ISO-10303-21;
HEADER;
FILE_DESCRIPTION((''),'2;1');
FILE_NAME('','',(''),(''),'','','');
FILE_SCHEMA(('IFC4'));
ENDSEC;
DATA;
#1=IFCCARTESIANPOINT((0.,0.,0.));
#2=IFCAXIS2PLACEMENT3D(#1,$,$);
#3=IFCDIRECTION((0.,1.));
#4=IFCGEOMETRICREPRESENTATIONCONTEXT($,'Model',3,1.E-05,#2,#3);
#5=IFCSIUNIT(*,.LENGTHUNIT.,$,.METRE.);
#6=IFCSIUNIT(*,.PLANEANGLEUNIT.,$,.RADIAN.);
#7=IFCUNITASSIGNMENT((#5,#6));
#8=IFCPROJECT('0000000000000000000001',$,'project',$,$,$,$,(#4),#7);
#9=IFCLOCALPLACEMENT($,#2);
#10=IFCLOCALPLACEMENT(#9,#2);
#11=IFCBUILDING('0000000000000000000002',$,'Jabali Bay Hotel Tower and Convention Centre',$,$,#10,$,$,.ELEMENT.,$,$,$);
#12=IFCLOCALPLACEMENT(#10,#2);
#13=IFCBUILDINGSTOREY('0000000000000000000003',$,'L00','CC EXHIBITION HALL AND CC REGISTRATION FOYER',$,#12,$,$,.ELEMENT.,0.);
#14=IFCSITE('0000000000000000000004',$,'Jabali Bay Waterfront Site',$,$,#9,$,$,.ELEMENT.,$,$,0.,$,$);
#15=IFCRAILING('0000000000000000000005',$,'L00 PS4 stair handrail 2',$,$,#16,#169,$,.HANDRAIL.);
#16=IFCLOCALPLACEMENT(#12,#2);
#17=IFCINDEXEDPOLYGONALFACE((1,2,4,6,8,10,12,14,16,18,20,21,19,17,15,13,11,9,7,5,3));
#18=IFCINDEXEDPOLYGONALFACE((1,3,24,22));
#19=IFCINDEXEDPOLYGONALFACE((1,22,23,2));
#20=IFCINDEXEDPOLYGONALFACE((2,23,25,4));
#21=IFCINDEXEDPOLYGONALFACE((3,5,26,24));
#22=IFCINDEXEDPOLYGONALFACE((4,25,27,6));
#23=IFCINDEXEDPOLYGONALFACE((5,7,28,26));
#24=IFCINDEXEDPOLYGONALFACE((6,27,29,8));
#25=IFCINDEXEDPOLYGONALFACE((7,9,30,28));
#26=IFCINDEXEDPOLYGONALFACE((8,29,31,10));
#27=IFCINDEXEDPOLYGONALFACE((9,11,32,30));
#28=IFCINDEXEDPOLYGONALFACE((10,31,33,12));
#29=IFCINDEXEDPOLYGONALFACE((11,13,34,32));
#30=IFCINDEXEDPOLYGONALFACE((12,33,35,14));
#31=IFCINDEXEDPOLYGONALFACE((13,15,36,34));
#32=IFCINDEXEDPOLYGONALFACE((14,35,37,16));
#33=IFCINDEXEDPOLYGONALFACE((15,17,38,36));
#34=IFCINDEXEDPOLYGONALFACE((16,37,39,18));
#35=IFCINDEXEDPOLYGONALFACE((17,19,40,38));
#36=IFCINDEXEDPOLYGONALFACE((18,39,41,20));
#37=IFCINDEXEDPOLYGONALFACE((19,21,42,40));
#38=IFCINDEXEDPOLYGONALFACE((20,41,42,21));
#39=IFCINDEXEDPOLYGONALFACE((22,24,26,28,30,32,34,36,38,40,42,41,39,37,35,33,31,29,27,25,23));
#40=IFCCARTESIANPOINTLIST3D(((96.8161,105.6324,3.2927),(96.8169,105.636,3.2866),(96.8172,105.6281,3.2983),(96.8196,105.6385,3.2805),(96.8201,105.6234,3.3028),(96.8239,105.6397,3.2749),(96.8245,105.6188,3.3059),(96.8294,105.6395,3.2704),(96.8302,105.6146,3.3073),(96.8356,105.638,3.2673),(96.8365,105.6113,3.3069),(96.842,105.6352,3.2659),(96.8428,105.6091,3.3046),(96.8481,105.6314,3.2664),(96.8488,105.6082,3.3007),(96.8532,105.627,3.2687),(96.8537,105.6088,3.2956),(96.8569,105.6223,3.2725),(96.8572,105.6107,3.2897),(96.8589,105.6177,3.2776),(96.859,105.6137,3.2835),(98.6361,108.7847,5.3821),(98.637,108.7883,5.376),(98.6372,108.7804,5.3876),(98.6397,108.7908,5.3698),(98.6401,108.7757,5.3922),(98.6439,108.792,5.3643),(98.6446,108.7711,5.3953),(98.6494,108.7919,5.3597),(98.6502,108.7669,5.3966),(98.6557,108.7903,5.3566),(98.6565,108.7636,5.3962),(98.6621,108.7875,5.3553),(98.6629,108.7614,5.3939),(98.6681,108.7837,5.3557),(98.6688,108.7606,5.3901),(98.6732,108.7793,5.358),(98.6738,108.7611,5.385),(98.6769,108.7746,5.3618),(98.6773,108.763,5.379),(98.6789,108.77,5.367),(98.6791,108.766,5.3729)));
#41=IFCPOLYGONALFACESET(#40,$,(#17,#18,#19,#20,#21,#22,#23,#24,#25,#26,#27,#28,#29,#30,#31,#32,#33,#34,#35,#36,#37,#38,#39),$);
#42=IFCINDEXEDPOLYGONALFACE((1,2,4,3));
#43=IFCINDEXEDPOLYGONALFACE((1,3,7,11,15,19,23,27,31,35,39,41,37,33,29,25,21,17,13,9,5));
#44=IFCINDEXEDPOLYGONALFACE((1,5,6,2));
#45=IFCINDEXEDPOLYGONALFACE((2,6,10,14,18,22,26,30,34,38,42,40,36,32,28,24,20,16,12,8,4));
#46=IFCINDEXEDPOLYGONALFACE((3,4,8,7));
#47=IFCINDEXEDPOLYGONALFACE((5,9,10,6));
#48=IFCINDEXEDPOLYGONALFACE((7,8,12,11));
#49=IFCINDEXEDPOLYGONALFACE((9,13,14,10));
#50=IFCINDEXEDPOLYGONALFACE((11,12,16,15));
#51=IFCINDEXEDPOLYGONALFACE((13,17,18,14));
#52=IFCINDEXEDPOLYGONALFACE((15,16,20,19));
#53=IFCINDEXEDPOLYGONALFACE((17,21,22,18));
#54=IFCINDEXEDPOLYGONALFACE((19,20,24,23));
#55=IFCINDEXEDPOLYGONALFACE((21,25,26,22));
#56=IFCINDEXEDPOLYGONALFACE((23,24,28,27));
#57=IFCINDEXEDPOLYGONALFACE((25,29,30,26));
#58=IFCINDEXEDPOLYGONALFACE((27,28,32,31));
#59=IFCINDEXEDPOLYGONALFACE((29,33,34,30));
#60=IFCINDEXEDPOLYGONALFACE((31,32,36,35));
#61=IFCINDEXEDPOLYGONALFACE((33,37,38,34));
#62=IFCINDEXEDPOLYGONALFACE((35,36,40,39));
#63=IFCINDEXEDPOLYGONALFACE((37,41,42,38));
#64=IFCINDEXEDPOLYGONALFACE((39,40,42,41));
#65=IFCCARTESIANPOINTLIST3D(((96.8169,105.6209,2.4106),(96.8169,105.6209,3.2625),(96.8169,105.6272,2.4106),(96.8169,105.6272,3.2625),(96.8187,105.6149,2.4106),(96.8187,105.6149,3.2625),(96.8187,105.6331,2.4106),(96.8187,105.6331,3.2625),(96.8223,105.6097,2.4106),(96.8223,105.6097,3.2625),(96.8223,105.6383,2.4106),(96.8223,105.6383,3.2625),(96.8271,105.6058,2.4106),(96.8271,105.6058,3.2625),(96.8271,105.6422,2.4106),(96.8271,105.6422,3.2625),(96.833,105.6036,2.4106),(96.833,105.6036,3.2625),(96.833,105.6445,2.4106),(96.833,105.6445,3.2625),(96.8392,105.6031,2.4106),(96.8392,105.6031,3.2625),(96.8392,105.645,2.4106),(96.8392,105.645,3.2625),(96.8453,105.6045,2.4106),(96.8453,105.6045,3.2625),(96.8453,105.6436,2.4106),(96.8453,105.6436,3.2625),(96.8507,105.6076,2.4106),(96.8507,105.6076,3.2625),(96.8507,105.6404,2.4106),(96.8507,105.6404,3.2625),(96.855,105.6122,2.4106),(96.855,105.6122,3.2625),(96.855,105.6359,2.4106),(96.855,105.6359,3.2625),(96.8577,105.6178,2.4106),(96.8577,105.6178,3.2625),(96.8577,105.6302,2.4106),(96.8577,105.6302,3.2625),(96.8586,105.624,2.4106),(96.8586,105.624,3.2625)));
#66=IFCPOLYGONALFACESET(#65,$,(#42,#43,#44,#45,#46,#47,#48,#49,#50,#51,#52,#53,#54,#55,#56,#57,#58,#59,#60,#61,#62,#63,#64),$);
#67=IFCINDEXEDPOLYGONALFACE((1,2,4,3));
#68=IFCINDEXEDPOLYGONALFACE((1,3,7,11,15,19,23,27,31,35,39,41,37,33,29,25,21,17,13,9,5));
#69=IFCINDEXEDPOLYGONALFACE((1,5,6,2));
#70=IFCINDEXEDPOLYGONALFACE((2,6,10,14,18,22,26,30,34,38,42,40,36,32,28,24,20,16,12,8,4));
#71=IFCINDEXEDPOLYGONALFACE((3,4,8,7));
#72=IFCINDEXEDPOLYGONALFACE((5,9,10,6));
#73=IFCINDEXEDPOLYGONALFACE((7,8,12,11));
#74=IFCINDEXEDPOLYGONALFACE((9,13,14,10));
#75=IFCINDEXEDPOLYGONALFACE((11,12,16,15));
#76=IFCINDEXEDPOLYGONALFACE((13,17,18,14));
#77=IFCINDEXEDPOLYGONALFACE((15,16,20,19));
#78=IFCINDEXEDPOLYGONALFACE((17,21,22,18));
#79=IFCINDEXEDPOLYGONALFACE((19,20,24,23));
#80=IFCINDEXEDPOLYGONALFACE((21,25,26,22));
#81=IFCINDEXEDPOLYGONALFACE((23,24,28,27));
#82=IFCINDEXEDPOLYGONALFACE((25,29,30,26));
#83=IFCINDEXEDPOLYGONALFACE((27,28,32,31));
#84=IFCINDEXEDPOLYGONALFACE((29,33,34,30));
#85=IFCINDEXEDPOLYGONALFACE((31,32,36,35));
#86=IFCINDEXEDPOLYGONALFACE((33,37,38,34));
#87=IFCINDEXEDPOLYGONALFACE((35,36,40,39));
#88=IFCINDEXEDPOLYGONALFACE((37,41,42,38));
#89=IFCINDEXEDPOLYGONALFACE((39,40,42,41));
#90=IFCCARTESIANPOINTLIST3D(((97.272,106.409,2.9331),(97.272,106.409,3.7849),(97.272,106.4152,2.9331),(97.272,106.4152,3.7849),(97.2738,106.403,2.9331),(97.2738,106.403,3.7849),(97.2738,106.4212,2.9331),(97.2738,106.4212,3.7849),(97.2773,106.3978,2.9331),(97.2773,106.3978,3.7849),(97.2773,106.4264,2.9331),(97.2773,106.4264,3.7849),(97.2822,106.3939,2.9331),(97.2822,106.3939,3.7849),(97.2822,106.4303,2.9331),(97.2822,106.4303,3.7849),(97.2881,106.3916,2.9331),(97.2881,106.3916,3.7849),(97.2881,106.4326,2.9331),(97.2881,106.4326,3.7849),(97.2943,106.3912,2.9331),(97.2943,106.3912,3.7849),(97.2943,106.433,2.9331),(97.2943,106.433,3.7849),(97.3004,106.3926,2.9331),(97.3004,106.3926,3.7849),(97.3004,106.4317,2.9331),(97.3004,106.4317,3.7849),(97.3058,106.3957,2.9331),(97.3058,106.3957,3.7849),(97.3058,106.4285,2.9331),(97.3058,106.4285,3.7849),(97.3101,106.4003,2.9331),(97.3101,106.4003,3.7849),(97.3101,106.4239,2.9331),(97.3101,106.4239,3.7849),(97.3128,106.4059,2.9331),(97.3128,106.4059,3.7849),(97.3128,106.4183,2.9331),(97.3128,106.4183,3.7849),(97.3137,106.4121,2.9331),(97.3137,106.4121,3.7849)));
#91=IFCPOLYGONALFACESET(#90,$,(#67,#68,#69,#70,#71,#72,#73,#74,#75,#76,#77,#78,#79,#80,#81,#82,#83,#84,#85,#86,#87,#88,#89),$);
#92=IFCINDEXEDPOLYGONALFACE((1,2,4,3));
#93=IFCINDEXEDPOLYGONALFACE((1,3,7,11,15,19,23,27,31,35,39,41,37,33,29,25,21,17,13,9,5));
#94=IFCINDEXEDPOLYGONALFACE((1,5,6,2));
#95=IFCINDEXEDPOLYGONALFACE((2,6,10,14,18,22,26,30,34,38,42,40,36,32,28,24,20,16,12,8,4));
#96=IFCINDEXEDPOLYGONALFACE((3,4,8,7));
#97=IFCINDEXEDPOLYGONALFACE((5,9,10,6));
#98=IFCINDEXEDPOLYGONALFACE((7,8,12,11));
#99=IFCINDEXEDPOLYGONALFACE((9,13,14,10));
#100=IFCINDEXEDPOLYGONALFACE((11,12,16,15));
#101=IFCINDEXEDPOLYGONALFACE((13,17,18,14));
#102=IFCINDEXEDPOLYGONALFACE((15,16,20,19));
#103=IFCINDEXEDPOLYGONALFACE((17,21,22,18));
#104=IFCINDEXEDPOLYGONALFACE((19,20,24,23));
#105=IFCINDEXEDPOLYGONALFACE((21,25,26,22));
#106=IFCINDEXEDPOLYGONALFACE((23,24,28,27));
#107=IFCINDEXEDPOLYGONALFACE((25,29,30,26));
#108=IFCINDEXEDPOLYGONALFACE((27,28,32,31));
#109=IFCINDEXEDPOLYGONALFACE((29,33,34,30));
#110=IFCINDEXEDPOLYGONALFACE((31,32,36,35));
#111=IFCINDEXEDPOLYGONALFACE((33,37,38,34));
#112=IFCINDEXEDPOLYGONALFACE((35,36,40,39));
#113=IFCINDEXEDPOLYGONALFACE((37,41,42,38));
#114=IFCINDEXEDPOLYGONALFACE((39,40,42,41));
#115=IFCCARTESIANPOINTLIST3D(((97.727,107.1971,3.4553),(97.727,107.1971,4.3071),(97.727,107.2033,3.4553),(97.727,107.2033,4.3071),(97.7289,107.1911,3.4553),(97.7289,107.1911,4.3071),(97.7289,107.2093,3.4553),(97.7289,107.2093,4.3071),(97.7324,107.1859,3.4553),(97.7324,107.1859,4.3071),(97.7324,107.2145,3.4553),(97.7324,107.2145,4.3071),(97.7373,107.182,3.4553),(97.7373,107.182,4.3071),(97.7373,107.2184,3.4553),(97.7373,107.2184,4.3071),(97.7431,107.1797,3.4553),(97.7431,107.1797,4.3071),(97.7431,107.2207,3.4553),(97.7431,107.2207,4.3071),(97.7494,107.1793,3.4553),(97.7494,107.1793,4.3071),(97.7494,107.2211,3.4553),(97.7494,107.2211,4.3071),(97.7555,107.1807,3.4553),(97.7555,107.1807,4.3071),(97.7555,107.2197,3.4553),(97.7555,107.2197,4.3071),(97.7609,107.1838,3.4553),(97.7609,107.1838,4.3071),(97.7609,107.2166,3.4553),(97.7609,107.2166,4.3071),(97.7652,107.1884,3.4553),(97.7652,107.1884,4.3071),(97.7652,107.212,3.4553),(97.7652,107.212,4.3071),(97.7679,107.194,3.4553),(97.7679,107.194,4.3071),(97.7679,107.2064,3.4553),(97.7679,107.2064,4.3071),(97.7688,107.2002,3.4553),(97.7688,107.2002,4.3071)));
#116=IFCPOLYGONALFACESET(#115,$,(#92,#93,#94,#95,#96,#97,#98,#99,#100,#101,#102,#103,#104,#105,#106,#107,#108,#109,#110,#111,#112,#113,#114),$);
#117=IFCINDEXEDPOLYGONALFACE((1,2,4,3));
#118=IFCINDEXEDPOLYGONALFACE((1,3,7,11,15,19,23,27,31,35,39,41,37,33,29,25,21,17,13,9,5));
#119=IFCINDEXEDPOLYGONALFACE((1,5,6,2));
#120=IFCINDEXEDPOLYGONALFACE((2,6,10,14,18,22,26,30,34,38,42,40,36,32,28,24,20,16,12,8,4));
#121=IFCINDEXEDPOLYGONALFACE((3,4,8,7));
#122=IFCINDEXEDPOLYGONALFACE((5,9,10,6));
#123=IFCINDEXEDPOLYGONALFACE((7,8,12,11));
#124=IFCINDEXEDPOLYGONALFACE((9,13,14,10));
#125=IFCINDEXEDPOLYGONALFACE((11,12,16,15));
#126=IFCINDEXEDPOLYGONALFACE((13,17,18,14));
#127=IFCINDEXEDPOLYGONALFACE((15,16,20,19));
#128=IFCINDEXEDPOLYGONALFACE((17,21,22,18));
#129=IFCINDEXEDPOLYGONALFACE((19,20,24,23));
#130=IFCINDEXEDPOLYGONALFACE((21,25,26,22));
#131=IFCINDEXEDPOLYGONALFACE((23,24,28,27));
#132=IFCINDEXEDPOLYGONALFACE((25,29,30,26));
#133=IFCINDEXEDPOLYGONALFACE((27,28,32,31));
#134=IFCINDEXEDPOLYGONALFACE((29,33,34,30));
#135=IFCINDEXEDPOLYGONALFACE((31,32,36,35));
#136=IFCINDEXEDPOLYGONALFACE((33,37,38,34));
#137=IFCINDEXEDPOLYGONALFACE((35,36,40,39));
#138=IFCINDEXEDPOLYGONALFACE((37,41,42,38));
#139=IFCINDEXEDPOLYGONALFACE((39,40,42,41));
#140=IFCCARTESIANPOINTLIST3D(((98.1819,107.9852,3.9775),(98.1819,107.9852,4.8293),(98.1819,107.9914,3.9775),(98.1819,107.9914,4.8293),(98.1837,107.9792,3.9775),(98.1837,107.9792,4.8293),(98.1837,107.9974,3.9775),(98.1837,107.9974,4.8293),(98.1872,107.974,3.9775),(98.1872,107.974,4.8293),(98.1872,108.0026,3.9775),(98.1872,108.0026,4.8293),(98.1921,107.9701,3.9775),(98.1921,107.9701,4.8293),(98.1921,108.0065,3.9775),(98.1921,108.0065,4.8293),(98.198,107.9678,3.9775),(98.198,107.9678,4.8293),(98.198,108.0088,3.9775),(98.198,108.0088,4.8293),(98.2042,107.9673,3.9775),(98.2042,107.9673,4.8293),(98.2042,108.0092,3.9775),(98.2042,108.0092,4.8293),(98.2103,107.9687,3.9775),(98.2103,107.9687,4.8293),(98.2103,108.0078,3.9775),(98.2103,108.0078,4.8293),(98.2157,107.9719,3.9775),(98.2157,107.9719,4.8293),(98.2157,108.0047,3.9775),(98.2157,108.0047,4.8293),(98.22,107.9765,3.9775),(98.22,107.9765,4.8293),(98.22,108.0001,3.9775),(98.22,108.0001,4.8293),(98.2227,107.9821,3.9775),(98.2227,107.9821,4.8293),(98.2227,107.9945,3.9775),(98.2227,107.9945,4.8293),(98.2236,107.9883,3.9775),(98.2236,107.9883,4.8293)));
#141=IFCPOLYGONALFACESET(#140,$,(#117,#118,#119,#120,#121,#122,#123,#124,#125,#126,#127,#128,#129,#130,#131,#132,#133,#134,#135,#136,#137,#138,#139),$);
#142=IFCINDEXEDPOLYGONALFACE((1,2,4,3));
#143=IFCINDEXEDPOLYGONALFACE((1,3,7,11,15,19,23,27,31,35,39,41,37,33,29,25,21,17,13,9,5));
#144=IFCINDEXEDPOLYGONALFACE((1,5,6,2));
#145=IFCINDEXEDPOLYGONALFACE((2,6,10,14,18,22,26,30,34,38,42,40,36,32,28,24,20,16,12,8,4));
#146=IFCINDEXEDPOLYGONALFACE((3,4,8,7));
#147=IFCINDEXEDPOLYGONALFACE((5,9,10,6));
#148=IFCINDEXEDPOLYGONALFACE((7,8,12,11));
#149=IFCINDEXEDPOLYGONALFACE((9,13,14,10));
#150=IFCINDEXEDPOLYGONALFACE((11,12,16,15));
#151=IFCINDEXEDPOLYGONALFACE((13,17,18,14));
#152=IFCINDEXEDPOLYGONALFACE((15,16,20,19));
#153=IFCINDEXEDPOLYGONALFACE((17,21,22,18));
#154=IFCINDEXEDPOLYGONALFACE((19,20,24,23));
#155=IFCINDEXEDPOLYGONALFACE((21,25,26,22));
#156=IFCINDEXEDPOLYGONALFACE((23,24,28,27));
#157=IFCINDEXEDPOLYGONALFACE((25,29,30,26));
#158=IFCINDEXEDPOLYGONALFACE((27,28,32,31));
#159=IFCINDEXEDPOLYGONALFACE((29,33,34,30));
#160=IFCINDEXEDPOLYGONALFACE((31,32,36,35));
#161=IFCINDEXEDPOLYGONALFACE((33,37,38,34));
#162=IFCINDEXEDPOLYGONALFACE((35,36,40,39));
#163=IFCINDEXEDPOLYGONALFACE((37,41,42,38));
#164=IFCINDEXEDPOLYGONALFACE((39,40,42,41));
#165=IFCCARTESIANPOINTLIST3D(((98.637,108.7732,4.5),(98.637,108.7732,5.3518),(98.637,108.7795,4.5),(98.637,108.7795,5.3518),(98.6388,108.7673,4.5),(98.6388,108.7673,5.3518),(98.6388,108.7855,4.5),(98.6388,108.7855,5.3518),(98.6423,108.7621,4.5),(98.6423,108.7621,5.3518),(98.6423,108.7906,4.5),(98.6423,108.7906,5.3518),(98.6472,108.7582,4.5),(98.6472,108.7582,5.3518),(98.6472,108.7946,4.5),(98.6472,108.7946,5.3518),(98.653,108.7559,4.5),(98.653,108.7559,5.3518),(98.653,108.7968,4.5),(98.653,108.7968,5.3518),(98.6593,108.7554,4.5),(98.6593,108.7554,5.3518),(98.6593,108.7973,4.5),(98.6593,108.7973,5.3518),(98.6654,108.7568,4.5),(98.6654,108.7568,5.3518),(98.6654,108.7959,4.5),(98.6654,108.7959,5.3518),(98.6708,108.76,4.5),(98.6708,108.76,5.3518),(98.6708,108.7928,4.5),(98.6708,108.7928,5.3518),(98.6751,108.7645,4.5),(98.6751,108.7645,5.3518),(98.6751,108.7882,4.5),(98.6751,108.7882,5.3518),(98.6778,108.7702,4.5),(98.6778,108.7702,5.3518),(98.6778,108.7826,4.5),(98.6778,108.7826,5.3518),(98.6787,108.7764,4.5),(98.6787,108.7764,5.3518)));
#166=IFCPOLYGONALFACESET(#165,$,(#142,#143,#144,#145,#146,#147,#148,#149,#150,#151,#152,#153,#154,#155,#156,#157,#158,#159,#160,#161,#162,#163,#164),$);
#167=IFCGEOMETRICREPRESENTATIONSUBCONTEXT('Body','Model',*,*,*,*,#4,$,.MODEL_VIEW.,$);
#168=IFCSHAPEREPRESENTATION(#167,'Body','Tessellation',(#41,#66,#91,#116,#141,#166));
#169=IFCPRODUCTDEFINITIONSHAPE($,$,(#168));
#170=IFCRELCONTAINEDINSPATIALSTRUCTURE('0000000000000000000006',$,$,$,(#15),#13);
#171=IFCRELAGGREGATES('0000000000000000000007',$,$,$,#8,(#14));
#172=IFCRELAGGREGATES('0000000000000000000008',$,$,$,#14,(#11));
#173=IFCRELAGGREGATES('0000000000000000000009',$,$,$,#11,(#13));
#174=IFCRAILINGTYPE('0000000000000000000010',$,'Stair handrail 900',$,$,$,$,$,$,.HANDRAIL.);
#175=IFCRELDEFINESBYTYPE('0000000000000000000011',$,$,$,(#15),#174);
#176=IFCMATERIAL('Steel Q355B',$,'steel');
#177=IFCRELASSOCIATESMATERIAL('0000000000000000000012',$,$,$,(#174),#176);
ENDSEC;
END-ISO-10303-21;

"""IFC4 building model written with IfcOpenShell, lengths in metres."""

from ifc_helpers import new_model, si_unit, direction, frame, origin, origin_2d, place, context, subcontext, project, spatial, circle, extrude, material, type_object, element, save


model = new_model("IFC4")

# Units and contexts
model_context = context("Model", 3, precision=1e-05, world=origin(), true_north=direction((0.0, 1.0)))
body_context = subcontext(model_context, "Body", "Model", "MODEL_VIEW")
ifc_project = project(units=[si_unit("LENGTHUNIT", "METRE"), si_unit("PLANEANGLEUNIT", "RADIAN")], contexts=[model_context])

# Site, building, storey
site_placement = place(None, origin())
site = spatial("IfcSite", under=ifc_project, at=site_placement, Name="Jabali Bay Waterfront Site", CompositionType="ELEMENT", RefElevation=0.0)
building_placement = place(site_placement, origin())
building = spatial("IfcBuilding", under=site, at=building_placement, Name="Jabali Bay Hotel Tower and Convention Centre", CompositionType="ELEMENT")
storey_placement = place(building_placement, origin())
storey = spatial("IfcBuildingStorey", under=building, at=storey_placement, Name="L00", Description="CC EXHIBITION HALL AND CC REGISTRATION FOYER", CompositionType="ELEMENT", Elevation=0.0)

# Railing
ifc_material_1 = material(Name="Steel Q355B", Category="steel")
railing_type_1 = type_object("IfcRailingType", Name="Stair handrail 900", PredefinedType="HANDRAIL", material=ifc_material_1)
railing_1_placement = place(storey_placement, frame((96.8376, 105.624, 2.4106)))
element("IfcRailing", 1, at=railing_1_placement, inside=storey, type_object=railing_type_1, Name="L00 PS4 stair handrail 2", PredefinedType="HANDRAIL", context=body_context, shape_type="SweptSolid", body=[
    extrude(circle(Radius=0.0239, at=origin_2d()), frame((0.0, 0.0, 0.876), z_axis=(0.433653, 0.751084, 0.497814), x_axis=(-0.866018, 0.500013, 0.0)), (0.0, 0.0, 1.0), 4.197),
    extrude(circle(Radius=0.021, at=origin_2d()), origin(), (0.0, 0.0, 1.0), 0.8518),
    extrude(circle(Radius=0.021, at=origin_2d()), frame((0.4551, 0.7881, 0.5225)), (0.0, 0.0, 1.0), 0.8518),
    extrude(circle(Radius=0.021, at=origin_2d()), frame((0.9102, 1.5762, 1.0447)), (0.0, 0.0, 1.0), 0.8518),
    extrude(circle(Radius=0.021, at=origin_2d()), frame((1.365, 2.3643, 1.5669)), (0.0, 0.0, 1.0), 0.8518),
    extrude(circle(Radius=0.021, at=origin_2d()), frame((1.8201, 3.1523, 2.0894)), (0.0, 0.0, 1.0), 0.8518),
])

save(model, "model.ifc")
